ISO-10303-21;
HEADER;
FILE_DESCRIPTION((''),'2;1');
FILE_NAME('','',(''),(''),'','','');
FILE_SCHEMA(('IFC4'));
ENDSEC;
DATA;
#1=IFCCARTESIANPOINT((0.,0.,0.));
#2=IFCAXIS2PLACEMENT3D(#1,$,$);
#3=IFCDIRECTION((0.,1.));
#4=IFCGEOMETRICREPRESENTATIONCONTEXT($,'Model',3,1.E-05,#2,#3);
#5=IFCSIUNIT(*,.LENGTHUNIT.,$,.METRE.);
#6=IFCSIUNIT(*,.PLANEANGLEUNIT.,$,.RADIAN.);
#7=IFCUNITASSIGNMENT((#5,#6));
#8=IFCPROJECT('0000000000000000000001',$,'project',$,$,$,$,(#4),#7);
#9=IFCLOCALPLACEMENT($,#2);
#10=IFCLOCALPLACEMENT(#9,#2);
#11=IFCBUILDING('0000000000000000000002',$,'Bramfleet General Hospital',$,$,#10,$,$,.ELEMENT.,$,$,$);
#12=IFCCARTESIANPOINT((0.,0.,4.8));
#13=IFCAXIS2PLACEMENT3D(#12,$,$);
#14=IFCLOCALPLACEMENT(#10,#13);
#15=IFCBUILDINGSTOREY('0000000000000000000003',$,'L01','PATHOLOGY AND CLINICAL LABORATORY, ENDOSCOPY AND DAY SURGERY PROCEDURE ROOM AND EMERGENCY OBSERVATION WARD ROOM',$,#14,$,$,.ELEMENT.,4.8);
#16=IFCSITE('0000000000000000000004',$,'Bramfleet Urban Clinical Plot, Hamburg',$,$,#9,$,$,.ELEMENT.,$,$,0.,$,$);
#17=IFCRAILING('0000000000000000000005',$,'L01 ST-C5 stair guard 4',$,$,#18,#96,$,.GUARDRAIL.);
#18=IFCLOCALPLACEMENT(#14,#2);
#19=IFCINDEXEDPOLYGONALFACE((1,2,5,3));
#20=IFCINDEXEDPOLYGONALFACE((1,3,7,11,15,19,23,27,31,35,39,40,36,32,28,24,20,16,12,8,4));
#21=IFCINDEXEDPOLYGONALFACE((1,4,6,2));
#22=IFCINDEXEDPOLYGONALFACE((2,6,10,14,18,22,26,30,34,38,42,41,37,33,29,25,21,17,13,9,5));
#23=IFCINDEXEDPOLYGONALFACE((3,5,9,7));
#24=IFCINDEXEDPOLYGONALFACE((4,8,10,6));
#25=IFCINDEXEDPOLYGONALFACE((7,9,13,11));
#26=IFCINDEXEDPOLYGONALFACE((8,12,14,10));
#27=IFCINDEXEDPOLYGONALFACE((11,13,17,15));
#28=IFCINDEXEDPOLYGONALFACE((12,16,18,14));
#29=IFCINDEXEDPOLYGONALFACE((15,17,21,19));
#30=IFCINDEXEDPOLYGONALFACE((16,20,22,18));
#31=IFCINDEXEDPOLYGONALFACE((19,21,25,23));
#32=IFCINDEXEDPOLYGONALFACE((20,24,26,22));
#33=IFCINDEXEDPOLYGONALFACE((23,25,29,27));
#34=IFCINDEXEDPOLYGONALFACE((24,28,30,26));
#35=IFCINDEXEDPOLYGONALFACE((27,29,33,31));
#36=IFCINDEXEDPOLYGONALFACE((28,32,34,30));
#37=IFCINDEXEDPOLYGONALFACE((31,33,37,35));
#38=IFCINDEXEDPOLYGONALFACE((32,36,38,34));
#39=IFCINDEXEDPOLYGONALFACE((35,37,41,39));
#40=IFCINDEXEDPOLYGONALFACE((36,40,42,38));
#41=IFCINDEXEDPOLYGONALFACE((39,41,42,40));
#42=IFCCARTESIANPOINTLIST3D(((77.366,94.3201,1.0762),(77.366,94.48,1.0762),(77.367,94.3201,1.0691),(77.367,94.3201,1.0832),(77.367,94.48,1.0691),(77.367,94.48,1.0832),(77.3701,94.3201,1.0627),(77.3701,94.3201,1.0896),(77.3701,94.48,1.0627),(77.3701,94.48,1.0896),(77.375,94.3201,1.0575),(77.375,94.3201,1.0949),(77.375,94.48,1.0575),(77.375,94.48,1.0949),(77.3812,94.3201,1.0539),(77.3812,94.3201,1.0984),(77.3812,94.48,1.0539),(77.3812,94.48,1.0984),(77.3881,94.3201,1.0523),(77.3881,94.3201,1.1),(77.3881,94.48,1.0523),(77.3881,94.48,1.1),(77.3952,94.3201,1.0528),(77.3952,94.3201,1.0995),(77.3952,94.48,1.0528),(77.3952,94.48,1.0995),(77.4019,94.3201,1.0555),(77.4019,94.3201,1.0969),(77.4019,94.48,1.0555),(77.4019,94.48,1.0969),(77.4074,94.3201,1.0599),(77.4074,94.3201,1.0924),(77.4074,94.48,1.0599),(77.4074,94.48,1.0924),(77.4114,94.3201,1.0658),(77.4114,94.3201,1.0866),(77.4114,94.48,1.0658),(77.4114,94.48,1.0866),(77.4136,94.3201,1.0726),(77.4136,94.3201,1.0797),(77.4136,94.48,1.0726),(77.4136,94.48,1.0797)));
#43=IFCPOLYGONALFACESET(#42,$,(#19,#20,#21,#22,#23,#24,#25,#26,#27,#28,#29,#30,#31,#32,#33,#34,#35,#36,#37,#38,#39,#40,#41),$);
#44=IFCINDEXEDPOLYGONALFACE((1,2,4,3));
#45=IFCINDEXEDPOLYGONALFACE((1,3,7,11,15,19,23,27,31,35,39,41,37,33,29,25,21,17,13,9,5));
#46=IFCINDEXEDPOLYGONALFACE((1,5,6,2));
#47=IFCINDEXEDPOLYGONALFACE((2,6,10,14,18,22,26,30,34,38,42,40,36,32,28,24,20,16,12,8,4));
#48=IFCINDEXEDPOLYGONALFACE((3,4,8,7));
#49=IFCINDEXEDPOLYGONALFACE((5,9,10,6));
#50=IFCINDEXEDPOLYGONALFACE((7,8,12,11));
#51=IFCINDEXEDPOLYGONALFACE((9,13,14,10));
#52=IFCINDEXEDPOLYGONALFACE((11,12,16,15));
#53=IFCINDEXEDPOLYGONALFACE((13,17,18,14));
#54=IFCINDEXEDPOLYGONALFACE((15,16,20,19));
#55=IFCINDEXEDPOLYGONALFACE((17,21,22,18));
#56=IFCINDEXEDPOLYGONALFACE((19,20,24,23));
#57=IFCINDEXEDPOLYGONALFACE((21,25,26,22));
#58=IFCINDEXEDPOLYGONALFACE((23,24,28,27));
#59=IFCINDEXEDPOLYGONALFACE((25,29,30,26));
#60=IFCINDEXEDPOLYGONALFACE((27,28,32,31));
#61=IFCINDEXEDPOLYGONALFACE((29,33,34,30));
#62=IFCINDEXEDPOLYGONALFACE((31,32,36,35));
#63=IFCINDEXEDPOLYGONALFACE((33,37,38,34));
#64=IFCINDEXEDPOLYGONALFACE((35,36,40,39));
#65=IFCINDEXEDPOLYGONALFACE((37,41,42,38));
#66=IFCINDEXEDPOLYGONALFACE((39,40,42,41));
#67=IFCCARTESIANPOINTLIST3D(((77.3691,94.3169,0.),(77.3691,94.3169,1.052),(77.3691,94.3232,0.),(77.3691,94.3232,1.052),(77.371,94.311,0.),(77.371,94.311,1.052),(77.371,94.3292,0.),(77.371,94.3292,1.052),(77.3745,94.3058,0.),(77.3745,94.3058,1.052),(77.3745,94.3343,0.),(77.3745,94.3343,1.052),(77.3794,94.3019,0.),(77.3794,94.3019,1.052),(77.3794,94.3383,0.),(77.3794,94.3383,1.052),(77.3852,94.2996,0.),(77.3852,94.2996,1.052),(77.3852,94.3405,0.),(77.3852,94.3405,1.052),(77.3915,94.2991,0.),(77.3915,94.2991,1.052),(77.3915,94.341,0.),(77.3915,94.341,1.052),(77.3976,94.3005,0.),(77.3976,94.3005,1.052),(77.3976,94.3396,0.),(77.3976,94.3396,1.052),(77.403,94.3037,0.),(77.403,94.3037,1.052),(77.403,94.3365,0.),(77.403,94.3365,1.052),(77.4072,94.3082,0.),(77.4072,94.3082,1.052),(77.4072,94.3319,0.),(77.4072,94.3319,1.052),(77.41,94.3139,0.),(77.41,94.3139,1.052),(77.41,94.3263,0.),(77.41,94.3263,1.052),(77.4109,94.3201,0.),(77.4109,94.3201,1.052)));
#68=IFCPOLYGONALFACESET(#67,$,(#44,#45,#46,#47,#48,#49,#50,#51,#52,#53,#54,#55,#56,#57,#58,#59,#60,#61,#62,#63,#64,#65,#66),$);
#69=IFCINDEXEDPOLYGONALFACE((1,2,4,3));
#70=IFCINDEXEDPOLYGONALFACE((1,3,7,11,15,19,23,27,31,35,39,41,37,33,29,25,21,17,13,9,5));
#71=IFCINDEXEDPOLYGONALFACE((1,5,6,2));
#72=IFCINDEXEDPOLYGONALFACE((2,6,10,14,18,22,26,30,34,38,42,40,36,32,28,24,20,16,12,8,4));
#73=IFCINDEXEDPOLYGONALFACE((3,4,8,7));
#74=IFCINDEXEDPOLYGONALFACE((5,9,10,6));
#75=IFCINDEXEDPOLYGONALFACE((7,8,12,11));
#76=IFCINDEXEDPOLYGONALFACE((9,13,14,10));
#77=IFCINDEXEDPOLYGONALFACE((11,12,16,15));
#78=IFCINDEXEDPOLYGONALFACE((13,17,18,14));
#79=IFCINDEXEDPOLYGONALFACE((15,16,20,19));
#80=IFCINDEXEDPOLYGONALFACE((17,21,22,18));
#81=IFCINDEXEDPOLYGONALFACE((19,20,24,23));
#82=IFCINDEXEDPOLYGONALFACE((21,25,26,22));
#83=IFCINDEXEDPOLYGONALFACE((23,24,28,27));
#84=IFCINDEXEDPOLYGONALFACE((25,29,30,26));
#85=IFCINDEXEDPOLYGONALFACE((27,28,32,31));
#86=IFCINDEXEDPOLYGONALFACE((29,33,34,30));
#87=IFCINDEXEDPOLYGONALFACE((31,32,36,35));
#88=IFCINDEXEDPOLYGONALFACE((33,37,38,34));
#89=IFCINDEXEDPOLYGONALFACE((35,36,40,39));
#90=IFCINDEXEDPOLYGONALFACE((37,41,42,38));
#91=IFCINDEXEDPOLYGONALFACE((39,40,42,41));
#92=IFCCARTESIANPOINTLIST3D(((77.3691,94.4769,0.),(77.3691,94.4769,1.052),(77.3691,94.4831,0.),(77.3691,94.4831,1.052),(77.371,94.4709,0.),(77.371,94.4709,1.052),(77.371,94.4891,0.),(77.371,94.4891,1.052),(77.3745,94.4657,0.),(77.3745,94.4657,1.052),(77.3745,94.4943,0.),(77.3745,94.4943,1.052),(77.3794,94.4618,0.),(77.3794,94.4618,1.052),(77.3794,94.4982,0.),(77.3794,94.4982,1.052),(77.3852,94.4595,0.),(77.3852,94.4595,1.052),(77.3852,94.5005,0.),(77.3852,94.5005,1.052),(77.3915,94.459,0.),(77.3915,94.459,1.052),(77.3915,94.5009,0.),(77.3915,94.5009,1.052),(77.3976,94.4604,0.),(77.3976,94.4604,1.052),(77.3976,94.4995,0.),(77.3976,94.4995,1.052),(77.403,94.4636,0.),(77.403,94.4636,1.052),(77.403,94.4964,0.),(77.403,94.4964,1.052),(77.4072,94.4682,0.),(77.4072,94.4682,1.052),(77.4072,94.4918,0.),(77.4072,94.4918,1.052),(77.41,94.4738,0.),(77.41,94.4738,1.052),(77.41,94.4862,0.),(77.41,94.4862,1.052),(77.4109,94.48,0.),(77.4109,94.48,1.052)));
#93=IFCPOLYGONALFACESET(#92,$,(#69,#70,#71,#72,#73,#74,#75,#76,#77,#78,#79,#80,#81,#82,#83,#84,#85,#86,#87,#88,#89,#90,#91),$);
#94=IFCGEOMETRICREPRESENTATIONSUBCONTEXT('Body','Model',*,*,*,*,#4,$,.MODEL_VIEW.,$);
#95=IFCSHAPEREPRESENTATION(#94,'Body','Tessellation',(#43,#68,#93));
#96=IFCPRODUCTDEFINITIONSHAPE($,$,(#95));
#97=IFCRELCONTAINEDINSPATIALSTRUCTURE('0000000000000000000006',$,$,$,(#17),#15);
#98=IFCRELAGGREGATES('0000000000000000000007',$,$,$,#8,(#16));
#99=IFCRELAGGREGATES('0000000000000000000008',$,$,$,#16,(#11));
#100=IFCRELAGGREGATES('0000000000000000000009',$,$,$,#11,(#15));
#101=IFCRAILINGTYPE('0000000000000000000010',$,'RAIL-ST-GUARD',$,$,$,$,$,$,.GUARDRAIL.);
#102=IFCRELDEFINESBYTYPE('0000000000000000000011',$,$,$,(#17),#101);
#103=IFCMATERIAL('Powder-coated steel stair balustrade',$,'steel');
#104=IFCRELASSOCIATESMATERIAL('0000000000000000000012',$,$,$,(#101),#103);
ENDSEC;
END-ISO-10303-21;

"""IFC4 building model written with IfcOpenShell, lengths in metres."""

from ifc_helpers import new_model, si_unit, direction, frame, origin, origin_2d, place, context, subcontext, project, spatial, circle, extrude, material, type_object, element, save


model = new_model("IFC4")

# Units and contexts
model_context = context("Model", 3, precision=1e-05, world=origin(), true_north=direction((0.0, 1.0)))
body_context = subcontext(model_context, "Body", "Model", "MODEL_VIEW")
ifc_project = project(units=[si_unit("LENGTHUNIT", "METRE"), si_unit("PLANEANGLEUNIT", "RADIAN")], contexts=[model_context])

# Site, building, storey
site_placement = place(None, origin())
site = spatial("IfcSite", under=ifc_project, at=site_placement, Name="Bramfleet Urban Clinical Plot, Hamburg", CompositionType="ELEMENT", RefElevation=0.0)
building_placement = place(site_placement, origin())
building = spatial("IfcBuilding", under=site, at=building_placement, Name="Bramfleet General Hospital", CompositionType="ELEMENT")
storey_placement = place(building_placement, frame((0.0, 0.0, 4.8)))
storey = spatial("IfcBuildingStorey", under=building, at=storey_placement, Name="L01", Description="PATHOLOGY AND CLINICAL LABORATORY, ENDOSCOPY AND DAY SURGERY PROCEDURE ROOM AND EMERGENCY OBSERVATION WARD ROOM", CompositionType="ELEMENT", Elevation=4.8)

# Railing
ifc_material_1 = material(Name="Powder-coated steel stair balustrade", Category="steel")
railing_type_1 = type_object("IfcRailingType", Name="RAIL-ST-GUARD", PredefinedType="GUARDRAIL", material=ifc_material_1)
railing_1_placement = place(storey_placement, frame((77.3899, 94.3201, 0.0)))
element("IfcRailing", 1, at=railing_1_placement, inside=storey, type_object=railing_type_1, Name="L01 ST-C5 stair guard 4", PredefinedType="GUARDRAIL", context=body_context, shape_type="SweptSolid", body=[
    extrude(circle(Radius=0.0239, at=origin_2d()), frame((0.0, 0.0, 1.0762), z_axis=(0.0, 1.0, 0.0), x_axis=(-1.0, 0.0, 0.0)), (0.0, 0.0, 1.0), 0.1599),
    extrude(circle(Radius=0.021, at=origin_2d()), origin(), (0.0, 0.0, 1.0), 1.052),
    extrude(circle(Radius=0.021, at=origin_2d()), frame((0.0, 0.1599, 0.0)), (0.0, 0.0, 1.0), 1.052),
])

save(model, "model.ifc")
